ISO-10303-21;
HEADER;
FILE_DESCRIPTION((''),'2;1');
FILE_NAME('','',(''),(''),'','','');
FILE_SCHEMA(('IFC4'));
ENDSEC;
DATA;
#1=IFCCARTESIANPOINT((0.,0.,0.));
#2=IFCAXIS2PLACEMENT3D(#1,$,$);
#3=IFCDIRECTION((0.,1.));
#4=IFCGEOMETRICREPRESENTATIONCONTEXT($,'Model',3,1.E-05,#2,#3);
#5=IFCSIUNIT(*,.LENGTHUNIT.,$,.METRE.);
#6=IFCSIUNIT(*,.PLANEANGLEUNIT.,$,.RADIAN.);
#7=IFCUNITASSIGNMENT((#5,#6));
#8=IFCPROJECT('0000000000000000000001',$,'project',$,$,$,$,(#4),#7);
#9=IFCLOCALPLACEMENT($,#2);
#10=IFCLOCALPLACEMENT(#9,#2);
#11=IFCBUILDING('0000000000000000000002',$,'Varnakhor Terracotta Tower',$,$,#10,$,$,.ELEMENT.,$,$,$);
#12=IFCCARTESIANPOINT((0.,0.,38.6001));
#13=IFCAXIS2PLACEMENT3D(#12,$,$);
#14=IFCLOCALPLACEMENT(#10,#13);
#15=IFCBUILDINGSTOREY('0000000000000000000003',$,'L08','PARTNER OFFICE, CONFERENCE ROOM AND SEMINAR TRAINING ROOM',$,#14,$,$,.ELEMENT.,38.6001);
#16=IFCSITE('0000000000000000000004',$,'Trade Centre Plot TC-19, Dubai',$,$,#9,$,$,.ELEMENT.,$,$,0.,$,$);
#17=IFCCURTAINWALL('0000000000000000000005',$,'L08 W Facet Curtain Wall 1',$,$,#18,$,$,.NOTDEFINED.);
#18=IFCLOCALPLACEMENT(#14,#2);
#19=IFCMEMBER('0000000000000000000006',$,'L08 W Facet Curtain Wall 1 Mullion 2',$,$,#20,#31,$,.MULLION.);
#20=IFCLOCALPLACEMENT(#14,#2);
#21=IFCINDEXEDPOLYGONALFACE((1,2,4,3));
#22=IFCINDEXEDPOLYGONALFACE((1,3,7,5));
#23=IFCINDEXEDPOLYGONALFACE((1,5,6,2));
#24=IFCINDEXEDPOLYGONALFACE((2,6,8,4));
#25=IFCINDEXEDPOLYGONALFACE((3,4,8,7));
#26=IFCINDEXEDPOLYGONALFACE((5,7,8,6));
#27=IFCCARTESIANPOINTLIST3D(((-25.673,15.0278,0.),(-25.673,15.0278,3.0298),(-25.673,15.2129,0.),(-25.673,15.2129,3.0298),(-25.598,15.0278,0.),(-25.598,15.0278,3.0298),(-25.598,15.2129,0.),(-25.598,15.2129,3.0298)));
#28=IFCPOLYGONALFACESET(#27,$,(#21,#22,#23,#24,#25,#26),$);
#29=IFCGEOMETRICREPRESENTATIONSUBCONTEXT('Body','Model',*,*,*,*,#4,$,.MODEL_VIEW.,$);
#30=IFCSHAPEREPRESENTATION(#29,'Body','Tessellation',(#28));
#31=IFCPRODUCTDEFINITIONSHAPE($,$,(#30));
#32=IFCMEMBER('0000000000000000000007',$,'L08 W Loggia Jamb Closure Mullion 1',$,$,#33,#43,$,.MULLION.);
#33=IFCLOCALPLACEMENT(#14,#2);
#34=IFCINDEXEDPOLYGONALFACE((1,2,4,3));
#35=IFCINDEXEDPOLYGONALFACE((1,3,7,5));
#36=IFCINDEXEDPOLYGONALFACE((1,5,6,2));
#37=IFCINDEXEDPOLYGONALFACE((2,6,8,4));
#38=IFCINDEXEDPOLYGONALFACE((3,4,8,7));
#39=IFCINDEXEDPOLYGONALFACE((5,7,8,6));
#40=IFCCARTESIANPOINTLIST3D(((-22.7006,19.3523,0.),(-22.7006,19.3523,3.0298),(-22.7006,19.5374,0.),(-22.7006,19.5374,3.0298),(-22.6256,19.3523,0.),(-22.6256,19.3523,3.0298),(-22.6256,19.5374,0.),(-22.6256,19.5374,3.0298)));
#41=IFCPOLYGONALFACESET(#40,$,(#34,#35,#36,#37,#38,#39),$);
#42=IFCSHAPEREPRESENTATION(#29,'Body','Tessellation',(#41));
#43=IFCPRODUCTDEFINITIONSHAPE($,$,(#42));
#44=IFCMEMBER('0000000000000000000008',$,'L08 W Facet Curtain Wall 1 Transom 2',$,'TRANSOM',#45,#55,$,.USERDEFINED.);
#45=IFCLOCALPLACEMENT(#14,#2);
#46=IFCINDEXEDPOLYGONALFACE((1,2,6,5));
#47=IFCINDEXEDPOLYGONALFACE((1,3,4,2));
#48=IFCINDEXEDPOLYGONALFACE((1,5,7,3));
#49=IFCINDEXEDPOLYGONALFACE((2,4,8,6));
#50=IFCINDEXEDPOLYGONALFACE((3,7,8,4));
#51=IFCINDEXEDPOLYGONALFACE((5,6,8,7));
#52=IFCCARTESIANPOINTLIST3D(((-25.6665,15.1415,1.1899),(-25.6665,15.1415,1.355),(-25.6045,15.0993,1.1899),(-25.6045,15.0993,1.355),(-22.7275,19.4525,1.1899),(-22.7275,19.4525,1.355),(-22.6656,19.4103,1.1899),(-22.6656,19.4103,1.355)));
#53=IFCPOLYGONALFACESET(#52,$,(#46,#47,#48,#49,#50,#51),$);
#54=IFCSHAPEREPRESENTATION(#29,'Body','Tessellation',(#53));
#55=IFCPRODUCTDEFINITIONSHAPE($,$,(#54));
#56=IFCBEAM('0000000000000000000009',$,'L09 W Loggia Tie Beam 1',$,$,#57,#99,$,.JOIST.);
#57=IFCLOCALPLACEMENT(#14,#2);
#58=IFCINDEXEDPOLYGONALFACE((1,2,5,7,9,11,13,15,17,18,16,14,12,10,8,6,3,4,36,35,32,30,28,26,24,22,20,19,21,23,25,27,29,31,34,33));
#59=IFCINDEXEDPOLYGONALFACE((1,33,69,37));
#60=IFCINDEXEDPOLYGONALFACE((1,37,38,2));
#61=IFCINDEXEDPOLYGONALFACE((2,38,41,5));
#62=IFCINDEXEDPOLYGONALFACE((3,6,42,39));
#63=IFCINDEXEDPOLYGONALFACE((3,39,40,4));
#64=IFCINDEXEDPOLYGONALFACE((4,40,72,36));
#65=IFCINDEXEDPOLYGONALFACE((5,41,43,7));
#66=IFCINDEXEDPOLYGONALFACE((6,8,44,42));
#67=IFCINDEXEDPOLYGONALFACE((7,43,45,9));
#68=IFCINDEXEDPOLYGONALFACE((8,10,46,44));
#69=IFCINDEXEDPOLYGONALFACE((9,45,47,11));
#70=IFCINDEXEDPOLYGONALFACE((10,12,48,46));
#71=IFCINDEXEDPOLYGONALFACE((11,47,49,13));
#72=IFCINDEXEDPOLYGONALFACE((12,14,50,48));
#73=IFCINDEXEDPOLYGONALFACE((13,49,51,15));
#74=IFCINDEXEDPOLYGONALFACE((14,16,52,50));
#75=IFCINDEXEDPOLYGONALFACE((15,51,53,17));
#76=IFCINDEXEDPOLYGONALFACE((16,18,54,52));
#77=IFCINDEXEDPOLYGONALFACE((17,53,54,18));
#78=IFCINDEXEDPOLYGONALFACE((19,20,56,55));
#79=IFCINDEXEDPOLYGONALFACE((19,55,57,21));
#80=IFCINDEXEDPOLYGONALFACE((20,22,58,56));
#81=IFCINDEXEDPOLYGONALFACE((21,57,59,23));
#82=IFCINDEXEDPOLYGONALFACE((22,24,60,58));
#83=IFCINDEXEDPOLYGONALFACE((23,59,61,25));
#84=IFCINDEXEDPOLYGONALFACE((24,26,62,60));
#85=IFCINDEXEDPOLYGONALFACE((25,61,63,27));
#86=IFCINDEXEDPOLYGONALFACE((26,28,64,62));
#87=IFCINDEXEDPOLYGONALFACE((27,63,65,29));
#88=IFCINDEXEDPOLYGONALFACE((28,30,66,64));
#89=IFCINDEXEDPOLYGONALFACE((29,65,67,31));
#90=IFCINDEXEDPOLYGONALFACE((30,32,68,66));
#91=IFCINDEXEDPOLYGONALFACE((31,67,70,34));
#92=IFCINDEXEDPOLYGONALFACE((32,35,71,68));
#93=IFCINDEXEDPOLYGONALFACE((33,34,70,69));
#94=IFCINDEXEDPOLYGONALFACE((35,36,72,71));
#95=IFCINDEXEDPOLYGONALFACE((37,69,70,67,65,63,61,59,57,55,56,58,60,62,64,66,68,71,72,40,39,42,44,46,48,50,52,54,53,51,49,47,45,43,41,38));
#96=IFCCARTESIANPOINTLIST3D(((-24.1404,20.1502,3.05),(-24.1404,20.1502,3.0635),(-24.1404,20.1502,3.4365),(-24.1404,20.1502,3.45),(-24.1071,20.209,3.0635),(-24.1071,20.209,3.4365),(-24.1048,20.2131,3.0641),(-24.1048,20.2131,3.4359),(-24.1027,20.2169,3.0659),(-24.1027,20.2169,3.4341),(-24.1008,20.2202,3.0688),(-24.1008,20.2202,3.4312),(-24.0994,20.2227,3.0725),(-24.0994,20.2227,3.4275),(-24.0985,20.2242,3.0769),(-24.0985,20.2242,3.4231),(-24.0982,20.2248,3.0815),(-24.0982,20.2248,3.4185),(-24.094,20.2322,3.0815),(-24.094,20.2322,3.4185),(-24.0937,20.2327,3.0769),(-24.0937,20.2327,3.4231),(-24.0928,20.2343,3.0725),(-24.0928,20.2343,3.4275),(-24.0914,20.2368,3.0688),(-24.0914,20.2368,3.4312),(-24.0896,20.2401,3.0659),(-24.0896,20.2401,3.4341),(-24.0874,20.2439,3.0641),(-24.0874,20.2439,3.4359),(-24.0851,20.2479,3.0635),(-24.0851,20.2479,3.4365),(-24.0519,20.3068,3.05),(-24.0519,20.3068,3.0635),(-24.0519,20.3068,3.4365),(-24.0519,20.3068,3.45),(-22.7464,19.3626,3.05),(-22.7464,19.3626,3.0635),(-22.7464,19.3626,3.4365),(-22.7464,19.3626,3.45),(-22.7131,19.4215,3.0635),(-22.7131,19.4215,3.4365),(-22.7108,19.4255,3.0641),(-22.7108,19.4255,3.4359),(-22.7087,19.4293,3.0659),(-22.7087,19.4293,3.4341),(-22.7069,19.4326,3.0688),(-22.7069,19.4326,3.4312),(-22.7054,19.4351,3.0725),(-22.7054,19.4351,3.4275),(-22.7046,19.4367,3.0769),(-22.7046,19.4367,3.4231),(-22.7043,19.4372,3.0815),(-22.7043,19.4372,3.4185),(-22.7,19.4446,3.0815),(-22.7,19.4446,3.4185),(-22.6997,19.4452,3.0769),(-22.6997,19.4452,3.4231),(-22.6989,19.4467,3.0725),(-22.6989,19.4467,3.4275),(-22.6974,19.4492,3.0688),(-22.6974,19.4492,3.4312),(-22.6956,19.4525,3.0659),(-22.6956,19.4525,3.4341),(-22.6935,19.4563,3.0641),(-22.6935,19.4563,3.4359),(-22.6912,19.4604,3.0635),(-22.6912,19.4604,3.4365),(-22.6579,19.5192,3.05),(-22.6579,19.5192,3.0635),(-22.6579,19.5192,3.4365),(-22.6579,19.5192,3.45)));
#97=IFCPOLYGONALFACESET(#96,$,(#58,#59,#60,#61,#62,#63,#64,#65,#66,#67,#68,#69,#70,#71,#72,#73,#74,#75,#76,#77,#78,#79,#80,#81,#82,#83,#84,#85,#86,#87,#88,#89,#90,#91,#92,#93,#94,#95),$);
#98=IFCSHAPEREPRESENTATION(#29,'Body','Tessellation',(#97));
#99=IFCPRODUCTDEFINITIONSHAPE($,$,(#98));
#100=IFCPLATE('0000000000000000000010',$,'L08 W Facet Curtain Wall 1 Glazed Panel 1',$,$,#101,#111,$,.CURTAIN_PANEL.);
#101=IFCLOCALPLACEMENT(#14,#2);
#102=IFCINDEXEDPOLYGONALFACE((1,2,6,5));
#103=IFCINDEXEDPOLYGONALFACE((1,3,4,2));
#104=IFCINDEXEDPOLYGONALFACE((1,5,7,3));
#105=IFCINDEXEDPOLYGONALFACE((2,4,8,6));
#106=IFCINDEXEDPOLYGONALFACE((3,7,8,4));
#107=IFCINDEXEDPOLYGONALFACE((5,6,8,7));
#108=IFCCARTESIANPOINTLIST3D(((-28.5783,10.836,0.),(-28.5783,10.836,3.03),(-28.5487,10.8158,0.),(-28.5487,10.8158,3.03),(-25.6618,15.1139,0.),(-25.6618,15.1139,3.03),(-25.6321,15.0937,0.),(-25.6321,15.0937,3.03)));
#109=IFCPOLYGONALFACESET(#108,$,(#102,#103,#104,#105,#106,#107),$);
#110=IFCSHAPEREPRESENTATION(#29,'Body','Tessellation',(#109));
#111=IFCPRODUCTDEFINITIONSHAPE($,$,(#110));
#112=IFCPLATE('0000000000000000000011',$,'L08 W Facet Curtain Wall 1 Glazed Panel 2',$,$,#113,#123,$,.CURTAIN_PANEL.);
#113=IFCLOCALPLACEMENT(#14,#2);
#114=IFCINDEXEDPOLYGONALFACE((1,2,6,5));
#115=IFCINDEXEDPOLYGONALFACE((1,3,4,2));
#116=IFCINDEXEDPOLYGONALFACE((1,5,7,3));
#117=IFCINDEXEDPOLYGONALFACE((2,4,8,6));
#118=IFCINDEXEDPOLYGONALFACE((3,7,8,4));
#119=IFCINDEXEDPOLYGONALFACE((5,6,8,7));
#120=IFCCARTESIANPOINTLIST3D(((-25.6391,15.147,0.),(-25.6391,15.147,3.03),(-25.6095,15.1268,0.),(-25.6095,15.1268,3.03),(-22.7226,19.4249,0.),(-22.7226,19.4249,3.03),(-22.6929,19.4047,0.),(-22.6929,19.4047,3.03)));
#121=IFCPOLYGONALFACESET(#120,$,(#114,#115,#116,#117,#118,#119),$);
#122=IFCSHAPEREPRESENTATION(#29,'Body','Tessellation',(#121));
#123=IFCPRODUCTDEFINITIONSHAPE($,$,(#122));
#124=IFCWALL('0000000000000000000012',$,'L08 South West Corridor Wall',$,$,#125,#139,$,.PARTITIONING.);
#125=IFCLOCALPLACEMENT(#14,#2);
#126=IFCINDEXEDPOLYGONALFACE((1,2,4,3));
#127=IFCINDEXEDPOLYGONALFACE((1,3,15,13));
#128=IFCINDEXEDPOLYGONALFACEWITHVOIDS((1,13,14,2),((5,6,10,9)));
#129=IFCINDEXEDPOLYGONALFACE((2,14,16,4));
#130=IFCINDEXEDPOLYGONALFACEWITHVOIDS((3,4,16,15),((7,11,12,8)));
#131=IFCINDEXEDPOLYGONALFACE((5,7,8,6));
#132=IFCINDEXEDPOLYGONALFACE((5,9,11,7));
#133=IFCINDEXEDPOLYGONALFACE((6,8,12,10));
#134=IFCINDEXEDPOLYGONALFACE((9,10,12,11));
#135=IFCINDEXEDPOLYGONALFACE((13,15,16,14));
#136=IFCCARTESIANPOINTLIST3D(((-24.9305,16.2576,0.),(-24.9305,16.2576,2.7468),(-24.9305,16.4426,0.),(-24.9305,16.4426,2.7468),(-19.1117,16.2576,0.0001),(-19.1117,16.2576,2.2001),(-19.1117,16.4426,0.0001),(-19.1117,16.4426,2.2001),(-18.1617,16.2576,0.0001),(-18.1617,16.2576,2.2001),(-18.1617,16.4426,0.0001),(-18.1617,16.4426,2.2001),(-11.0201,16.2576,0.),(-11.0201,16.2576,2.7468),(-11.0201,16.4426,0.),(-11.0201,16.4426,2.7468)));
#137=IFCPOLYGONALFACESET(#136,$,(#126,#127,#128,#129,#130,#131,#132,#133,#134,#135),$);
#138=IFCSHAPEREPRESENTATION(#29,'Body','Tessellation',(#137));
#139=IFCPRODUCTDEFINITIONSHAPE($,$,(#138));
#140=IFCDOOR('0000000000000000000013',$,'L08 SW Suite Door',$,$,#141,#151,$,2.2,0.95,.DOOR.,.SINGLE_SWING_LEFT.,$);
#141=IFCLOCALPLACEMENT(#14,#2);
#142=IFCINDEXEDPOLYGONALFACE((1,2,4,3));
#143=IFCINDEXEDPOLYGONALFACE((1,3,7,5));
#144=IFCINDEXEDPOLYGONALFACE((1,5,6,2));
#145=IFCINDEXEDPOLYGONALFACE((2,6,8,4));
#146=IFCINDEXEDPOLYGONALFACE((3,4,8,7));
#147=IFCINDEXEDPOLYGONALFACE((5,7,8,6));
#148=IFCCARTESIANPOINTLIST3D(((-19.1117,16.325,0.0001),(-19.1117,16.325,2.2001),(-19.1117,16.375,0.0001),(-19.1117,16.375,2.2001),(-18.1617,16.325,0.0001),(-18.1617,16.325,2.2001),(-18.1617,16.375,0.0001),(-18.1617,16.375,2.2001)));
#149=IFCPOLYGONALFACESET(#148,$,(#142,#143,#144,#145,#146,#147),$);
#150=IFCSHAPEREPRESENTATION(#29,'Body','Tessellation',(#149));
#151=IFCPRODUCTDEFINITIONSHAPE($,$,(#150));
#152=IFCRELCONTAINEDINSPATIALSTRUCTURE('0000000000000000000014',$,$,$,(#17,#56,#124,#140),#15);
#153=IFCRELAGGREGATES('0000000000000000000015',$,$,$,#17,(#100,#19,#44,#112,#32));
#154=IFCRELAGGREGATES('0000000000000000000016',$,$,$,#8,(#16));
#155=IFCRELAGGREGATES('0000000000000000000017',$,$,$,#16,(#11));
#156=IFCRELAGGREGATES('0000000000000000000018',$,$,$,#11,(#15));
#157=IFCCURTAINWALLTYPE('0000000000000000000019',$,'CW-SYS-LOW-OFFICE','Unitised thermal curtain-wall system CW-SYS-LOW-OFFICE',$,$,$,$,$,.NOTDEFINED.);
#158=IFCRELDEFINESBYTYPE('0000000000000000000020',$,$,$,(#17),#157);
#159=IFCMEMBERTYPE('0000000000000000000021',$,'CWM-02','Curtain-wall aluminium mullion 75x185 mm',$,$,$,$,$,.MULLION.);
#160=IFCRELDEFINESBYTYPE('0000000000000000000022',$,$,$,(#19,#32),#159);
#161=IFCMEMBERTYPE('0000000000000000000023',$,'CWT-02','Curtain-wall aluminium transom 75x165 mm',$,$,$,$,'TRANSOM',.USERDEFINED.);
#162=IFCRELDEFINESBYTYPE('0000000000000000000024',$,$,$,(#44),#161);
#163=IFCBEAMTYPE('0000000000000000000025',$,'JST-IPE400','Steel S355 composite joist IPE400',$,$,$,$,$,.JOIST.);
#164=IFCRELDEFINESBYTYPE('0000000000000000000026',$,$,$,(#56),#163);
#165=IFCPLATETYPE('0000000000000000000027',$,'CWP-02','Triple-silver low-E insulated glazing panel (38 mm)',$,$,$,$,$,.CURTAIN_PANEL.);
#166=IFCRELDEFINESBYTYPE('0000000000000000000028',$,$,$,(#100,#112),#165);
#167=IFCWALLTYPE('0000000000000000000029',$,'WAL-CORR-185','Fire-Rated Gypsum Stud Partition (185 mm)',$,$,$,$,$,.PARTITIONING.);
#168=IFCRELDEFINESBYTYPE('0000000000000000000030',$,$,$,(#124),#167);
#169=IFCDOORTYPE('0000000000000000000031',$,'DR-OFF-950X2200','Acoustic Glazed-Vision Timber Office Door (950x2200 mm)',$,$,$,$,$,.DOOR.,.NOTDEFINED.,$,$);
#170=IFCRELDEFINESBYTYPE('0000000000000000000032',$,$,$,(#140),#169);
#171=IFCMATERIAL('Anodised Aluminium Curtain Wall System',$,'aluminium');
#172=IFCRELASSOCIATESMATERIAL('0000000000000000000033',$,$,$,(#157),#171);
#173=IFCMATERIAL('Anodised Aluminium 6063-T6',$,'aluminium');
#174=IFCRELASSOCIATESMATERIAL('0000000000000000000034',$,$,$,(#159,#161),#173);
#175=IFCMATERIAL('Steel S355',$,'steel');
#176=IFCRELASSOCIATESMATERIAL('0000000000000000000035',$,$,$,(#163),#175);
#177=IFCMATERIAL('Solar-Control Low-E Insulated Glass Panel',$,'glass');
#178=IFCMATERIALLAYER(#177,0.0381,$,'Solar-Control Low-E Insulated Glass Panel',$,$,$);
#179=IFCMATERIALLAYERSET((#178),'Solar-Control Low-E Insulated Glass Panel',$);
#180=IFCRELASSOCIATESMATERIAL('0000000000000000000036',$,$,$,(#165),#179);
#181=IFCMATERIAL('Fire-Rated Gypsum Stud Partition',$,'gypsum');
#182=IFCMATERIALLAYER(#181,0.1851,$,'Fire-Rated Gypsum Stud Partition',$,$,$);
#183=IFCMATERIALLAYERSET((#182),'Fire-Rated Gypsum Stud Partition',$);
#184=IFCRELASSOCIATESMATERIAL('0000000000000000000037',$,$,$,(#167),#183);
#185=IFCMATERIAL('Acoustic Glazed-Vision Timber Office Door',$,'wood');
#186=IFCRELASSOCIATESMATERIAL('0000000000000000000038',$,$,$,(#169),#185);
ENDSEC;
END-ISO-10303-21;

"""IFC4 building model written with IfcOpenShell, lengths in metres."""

from ifc_helpers import new_model, si_unit, direction, frame, frame_2d, origin, origin_2d, place, context, subcontext, project, spatial, rectangle, i_section, extrude, source, transform, mapped, material, layer, layer_set, material_profile, profile_set, type_object, type_shapes, element, fill, aggregate, save


model = new_model("IFC4")

# Units and contexts
model_context = context("Model", 3, precision=1e-05, world=origin(), true_north=direction((0.0, 1.0)))
body_context = subcontext(model_context, "Body", "Model", "MODEL_VIEW")
ifc_project = project(units=[si_unit("LENGTHUNIT", "METRE"), si_unit("PLANEANGLEUNIT", "RADIAN")], contexts=[model_context])

# Site, building, storey
site_placement = place(None, origin())
site = spatial("IfcSite", under=ifc_project, at=site_placement, Name="Trade Centre Plot TC-19, Dubai", CompositionType="ELEMENT", RefElevation=0.0)
building_placement = place(site_placement, origin())
building = spatial("IfcBuilding", under=site, at=building_placement, Name="Varnakhor Terracotta Tower", CompositionType="ELEMENT")
storey_placement = place(building_placement, frame((0.0, 0.0, 38.6001)))
storey = spatial("IfcBuildingStorey", under=building, at=storey_placement, Name="L08", Description="PARTNER OFFICE, CONFERENCE ROOM AND SEMINAR TRAINING ROOM", CompositionType="ELEMENT", Elevation=38.6001)

# Shared definitions
ifc_material_1 = material(Name="Steel S355", Category="steel")

# Curtain wall, members
ifc_material_2 = material(Name="Anodised Aluminium Curtain Wall System", Category="aluminium")
curtain_wall_type = type_object("IfcCurtainWallType", Name="CW-SYS-LOW-OFFICE", Description="Unitised thermal curtain-wall system CW-SYS-LOW-OFFICE", PredefinedType="NOTDEFINED", material=ifc_material_2)
curtain_wall_placement = place(storey_placement, origin())
curtain_wall = element("IfcCurtainWall", 1, at=curtain_wall_placement, inside=storey, type_object=curtain_wall_type, Name="L08 W Facet Curtain Wall 1", PredefinedType="NOTDEFINED")
ifc_material_3 = material(Name="Anodised Aluminium 6063-T6", Category="aluminium")
ifc_material_profile_1 = material_profile(ifc_material_3, rectangle(XDim=0.075, YDim=0.1851, at=origin_2d()), Name="ALU MULLION 75x185")
ifc_profile_set_1 = profile_set([ifc_material_profile_1], Name="Anodised Aluminium 6063-T6")
member_type_1 = type_object("IfcMemberType", Name="CWM-02", Description="Curtain-wall aluminium mullion 75x185 mm", PredefinedType="MULLION", material=ifc_profile_set_1)
shared_shape_1 = source(origin(), body_context, "Body", "SweptSolid", [
    extrude(rectangle(XDim=0.075, YDim=0.1851, at=origin_2d()), origin(), (0.0, 0.0, 1.0), 3.0298),
])
member_1_placement = place(storey_placement, frame((-25.6355, 15.1204, 0.0), z_axis=(0.0, 0.0, 1.0), x_axis=(1.0, 0.0, 0.0)))
member_1 = element("IfcMember", 2, at=member_1_placement, type_object=member_type_1, Name="L08 W Facet Curtain Wall 1 Mullion 2", PredefinedType="MULLION", context=body_context, shape_type="MappedRepresentation", body=[
    mapped(shared_shape_1, transform((0.0, 0.0, 0.0), scale=1.0)),
])
member_2_placement = place(storey_placement, frame((-22.6631, 19.4448, 0.0), z_axis=(0.0, 0.0, 1.0), x_axis=(1.0, 0.0, 0.0)))
member_2 = element("IfcMember", 3, at=member_2_placement, type_object=member_type_1, Name="L08 W Loggia Jamb Closure Mullion 1", PredefinedType="MULLION", context=body_context, shape_type="MappedRepresentation", body=[
    mapped(shared_shape_1, transform((0.0, 0.0, 0.0), scale=1.0)),
])
ifc_material_profile_2 = material_profile(ifc_material_3, rectangle(XDim=0.075, YDim=0.165, at=origin_2d()), Name="ALU TRANSOM 75x165")
ifc_profile_set_2 = profile_set([ifc_material_profile_2], Name="Anodised Aluminium 6063-T6")
member_type_2 = type_object("IfcMemberType", Name="CWT-02", Description="Curtain-wall aluminium transom 75x165 mm", ElementType="TRANSOM", PredefinedType="USERDEFINED", material=ifc_profile_set_2)
shared_shape_2 = source(origin(), body_context, "Body", "SweptSolid", [
    extrude(rectangle(XDim=0.075, YDim=0.165, at=origin_2d()), origin(), (0.0, 0.0, 1.0), 5.2175),
])
member_3_placement = place(storey_placement, frame((-25.6355, 15.1204, 1.2725), z_axis=(0.563287, 0.826261, 0.0), x_axis=(-0.826261, 0.563287, 0.0)))
member_3 = element("IfcMember", 4, at=member_3_placement, type_object=member_type_2, Name="L08 W Facet Curtain Wall 1 Transom 2", ObjectType="TRANSOM", PredefinedType="USERDEFINED", context=body_context, shape_type="MappedRepresentation", body=[
    mapped(shared_shape_2, transform((0.0, 0.0, 0.0), scale=1.0)),
])

# Beam
ifc_material_profile_3 = material_profile(ifc_material_1, i_section(OverallWidth=0.1799, OverallDepth=0.3999, WebThickness=0.0085, FlangeThickness=0.0134, FilletRadius=0.0181, at=origin_2d()), Name="IPE400")
ifc_profile_set_3 = profile_set([ifc_material_profile_3], Name="Steel S355")
beam_type_1 = type_object("IfcBeamType", Name="JST-IPE400", Description="Steel S355 composite joist IPE400", PredefinedType="JOIST", material=ifc_profile_set_3)
shared_shape_3 = source(origin(), body_context, "Body", "SweptSolid", [
    extrude(i_section(OverallWidth=0.1799, OverallDepth=0.3999, WebThickness=0.0085, FlangeThickness=0.0134, FilletRadius=0.0181, at=origin_2d()), origin(), (0.0, 0.0, 1.0), 1.6011),
])
beam_1_placement = place(storey_placement, frame((-22.7021, 19.4409, 3.25), z_axis=(-0.870654, 0.491896, 0.0), x_axis=(-0.491896, -0.870654, 0.0)))
element("IfcBeam", 5, at=beam_1_placement, inside=storey, type_object=beam_type_1, Name="L09 W Loggia Tie Beam 1", PredefinedType="JOIST", context=body_context, shape_type="MappedRepresentation", body=[
    mapped(shared_shape_3, transform((0.0, 0.0, 0.0), scale=1.0)),
])

# Plates
ifc_material_4 = material(Name="Solar-Control Low-E Insulated Glass Panel", Category="glass")
ifc_layer_1 = layer(ifc_material_4, 0.0381, Name="Solar-Control Low-E Insulated Glass Panel")
ifc_layer_set_1 = layer_set([ifc_layer_1], Name="Solar-Control Low-E Insulated Glass Panel")
plate_type = type_object("IfcPlateType", Name="CWP-02", Description="Triple-silver low-E insulated glazing panel (38 mm)", PredefinedType="CURTAIN_PANEL", material=ifc_layer_set_1)
shared_shape_4 = source(origin(), body_context, "Body", "SweptSolid", [
    extrude(rectangle(XDim=5.1775, YDim=0.0359, at=origin_2d()), origin(), (0.0, 0.0, 1.0), 3.03),
])
plate_1_placement = place(storey_placement, frame((-27.1052, 12.9648, 0.0), z_axis=(0.0, 0.0, 1.0), x_axis=(0.56331, 0.826246, 0.0)))
plate_1 = element("IfcPlate", 6, at=plate_1_placement, type_object=plate_type, Name="L08 W Facet Curtain Wall 1 Glazed Panel 1", PredefinedType="CURTAIN_PANEL", context=body_context, shape_type="MappedRepresentation", body=[
    mapped(shared_shape_4, transform((0.0, 0.0, 0.0), scale=1.0)),
])
plate_2_placement = place(storey_placement, frame((-24.166, 17.2759, 0.0), z_axis=(0.0, 0.0, 1.0), x_axis=(0.56331, 0.826246, 0.0)))
plate_2 = element("IfcPlate", 7, at=plate_2_placement, type_object=plate_type, Name="L08 W Facet Curtain Wall 1 Glazed Panel 2", PredefinedType="CURTAIN_PANEL", context=body_context, shape_type="MappedRepresentation", body=[
    mapped(shared_shape_4, transform((0.0, 0.0, 0.0), scale=1.0)),
])
aggregate(curtain_wall, [plate_1, member_1, member_3, plate_2, member_2])

# Wall, opening, door
ifc_material_5 = material(Name="Fire-Rated Gypsum Stud Partition", Category="gypsum")
ifc_layer_2 = layer(ifc_material_5, 0.1851, Name="Fire-Rated Gypsum Stud Partition")
ifc_layer_set_2 = layer_set([ifc_layer_2], Name="Fire-Rated Gypsum Stud Partition")
wall_type_1 = type_object("IfcWallType", Name="WAL-CORR-185", Description="Fire-Rated Gypsum Stud Partition (185 mm)", PredefinedType="PARTITIONING", material=ifc_layer_set_2)
wall_1_placement = place(storey_placement, frame((-24.9304, 16.3501, 0.0), z_axis=(0.0, 0.0, 1.0), x_axis=(1.0, 0.0, 0.0)))
wall_1 = element("IfcWall", 8, at=wall_1_placement, inside=storey, type_object=wall_type_1, Name="L08 South West Corridor Wall", PredefinedType="PARTITIONING", context=body_context, shape_type="SweptSolid", body=[
    extrude(rectangle(XDim=13.9104, YDim=0.1851, at=frame_2d((6.9551, 0.0))), origin(), (0.0, 0.0, 1.0), 2.7468),
])
opening_1_placement = place(wall_1_placement, frame((5.8186, 0.0, 0.0)))
opening_1 = element("IfcOpeningElement", 9, at=opening_1_placement, cuts=wall_1, PredefinedType="OPENING", context=body_context, shape_type="SweptSolid", body=[
    extrude(rectangle(XDim=0.95, YDim=2.2, at=frame_2d((0.4751, 1.1001))), frame((0.0, 0.1025, 0.0), z_axis=(0.0, -1.0, 0.0), x_axis=(1.0, 0.0, 0.0)), (0.0, 0.0, 1.0), 0.2051),
])
ifc_material_6 = material(Name="Acoustic Glazed-Vision Timber Office Door", Category="wood")
door_type_1 = type_object("IfcDoorType", Name="DR-OFF-950X2200", Description="Acoustic Glazed-Vision Timber Office Door (950x2200 mm)", OperationType="NOTDEFINED", PredefinedType="DOOR", material=ifc_material_6)
shared_shape_5 = source(origin(), body_context, "Body", "SweptSolid", [
    extrude(rectangle(XDim=0.95, YDim=2.2, at=frame_2d((0.4751, 1.1001))), frame((0.0, 0.0249, 0.0), z_axis=(0.0, -1.0, 0.0), x_axis=(1.0, 0.0, 0.0)), (0.0, 0.0, 1.0), 0.05),
])
type_shapes(door_type_1, [shared_shape_5])
door_1_placement = place(opening_1_placement, origin())
door_1 = element("IfcDoor", 10, at=door_1_placement, inside=storey, type_object=door_type_1, Name="L08 SW Suite Door", OperationType="SINGLE_SWING_LEFT", OverallHeight=2.2, OverallWidth=0.95, PredefinedType="DOOR", context=body_context, shape_type="MappedRepresentation", body=[
    mapped(shared_shape_5, transform((0.0, 0.0, 0.0), scale=1.0)),
])
fill(opening_1, door_1)

save(model, "model.ifc")
